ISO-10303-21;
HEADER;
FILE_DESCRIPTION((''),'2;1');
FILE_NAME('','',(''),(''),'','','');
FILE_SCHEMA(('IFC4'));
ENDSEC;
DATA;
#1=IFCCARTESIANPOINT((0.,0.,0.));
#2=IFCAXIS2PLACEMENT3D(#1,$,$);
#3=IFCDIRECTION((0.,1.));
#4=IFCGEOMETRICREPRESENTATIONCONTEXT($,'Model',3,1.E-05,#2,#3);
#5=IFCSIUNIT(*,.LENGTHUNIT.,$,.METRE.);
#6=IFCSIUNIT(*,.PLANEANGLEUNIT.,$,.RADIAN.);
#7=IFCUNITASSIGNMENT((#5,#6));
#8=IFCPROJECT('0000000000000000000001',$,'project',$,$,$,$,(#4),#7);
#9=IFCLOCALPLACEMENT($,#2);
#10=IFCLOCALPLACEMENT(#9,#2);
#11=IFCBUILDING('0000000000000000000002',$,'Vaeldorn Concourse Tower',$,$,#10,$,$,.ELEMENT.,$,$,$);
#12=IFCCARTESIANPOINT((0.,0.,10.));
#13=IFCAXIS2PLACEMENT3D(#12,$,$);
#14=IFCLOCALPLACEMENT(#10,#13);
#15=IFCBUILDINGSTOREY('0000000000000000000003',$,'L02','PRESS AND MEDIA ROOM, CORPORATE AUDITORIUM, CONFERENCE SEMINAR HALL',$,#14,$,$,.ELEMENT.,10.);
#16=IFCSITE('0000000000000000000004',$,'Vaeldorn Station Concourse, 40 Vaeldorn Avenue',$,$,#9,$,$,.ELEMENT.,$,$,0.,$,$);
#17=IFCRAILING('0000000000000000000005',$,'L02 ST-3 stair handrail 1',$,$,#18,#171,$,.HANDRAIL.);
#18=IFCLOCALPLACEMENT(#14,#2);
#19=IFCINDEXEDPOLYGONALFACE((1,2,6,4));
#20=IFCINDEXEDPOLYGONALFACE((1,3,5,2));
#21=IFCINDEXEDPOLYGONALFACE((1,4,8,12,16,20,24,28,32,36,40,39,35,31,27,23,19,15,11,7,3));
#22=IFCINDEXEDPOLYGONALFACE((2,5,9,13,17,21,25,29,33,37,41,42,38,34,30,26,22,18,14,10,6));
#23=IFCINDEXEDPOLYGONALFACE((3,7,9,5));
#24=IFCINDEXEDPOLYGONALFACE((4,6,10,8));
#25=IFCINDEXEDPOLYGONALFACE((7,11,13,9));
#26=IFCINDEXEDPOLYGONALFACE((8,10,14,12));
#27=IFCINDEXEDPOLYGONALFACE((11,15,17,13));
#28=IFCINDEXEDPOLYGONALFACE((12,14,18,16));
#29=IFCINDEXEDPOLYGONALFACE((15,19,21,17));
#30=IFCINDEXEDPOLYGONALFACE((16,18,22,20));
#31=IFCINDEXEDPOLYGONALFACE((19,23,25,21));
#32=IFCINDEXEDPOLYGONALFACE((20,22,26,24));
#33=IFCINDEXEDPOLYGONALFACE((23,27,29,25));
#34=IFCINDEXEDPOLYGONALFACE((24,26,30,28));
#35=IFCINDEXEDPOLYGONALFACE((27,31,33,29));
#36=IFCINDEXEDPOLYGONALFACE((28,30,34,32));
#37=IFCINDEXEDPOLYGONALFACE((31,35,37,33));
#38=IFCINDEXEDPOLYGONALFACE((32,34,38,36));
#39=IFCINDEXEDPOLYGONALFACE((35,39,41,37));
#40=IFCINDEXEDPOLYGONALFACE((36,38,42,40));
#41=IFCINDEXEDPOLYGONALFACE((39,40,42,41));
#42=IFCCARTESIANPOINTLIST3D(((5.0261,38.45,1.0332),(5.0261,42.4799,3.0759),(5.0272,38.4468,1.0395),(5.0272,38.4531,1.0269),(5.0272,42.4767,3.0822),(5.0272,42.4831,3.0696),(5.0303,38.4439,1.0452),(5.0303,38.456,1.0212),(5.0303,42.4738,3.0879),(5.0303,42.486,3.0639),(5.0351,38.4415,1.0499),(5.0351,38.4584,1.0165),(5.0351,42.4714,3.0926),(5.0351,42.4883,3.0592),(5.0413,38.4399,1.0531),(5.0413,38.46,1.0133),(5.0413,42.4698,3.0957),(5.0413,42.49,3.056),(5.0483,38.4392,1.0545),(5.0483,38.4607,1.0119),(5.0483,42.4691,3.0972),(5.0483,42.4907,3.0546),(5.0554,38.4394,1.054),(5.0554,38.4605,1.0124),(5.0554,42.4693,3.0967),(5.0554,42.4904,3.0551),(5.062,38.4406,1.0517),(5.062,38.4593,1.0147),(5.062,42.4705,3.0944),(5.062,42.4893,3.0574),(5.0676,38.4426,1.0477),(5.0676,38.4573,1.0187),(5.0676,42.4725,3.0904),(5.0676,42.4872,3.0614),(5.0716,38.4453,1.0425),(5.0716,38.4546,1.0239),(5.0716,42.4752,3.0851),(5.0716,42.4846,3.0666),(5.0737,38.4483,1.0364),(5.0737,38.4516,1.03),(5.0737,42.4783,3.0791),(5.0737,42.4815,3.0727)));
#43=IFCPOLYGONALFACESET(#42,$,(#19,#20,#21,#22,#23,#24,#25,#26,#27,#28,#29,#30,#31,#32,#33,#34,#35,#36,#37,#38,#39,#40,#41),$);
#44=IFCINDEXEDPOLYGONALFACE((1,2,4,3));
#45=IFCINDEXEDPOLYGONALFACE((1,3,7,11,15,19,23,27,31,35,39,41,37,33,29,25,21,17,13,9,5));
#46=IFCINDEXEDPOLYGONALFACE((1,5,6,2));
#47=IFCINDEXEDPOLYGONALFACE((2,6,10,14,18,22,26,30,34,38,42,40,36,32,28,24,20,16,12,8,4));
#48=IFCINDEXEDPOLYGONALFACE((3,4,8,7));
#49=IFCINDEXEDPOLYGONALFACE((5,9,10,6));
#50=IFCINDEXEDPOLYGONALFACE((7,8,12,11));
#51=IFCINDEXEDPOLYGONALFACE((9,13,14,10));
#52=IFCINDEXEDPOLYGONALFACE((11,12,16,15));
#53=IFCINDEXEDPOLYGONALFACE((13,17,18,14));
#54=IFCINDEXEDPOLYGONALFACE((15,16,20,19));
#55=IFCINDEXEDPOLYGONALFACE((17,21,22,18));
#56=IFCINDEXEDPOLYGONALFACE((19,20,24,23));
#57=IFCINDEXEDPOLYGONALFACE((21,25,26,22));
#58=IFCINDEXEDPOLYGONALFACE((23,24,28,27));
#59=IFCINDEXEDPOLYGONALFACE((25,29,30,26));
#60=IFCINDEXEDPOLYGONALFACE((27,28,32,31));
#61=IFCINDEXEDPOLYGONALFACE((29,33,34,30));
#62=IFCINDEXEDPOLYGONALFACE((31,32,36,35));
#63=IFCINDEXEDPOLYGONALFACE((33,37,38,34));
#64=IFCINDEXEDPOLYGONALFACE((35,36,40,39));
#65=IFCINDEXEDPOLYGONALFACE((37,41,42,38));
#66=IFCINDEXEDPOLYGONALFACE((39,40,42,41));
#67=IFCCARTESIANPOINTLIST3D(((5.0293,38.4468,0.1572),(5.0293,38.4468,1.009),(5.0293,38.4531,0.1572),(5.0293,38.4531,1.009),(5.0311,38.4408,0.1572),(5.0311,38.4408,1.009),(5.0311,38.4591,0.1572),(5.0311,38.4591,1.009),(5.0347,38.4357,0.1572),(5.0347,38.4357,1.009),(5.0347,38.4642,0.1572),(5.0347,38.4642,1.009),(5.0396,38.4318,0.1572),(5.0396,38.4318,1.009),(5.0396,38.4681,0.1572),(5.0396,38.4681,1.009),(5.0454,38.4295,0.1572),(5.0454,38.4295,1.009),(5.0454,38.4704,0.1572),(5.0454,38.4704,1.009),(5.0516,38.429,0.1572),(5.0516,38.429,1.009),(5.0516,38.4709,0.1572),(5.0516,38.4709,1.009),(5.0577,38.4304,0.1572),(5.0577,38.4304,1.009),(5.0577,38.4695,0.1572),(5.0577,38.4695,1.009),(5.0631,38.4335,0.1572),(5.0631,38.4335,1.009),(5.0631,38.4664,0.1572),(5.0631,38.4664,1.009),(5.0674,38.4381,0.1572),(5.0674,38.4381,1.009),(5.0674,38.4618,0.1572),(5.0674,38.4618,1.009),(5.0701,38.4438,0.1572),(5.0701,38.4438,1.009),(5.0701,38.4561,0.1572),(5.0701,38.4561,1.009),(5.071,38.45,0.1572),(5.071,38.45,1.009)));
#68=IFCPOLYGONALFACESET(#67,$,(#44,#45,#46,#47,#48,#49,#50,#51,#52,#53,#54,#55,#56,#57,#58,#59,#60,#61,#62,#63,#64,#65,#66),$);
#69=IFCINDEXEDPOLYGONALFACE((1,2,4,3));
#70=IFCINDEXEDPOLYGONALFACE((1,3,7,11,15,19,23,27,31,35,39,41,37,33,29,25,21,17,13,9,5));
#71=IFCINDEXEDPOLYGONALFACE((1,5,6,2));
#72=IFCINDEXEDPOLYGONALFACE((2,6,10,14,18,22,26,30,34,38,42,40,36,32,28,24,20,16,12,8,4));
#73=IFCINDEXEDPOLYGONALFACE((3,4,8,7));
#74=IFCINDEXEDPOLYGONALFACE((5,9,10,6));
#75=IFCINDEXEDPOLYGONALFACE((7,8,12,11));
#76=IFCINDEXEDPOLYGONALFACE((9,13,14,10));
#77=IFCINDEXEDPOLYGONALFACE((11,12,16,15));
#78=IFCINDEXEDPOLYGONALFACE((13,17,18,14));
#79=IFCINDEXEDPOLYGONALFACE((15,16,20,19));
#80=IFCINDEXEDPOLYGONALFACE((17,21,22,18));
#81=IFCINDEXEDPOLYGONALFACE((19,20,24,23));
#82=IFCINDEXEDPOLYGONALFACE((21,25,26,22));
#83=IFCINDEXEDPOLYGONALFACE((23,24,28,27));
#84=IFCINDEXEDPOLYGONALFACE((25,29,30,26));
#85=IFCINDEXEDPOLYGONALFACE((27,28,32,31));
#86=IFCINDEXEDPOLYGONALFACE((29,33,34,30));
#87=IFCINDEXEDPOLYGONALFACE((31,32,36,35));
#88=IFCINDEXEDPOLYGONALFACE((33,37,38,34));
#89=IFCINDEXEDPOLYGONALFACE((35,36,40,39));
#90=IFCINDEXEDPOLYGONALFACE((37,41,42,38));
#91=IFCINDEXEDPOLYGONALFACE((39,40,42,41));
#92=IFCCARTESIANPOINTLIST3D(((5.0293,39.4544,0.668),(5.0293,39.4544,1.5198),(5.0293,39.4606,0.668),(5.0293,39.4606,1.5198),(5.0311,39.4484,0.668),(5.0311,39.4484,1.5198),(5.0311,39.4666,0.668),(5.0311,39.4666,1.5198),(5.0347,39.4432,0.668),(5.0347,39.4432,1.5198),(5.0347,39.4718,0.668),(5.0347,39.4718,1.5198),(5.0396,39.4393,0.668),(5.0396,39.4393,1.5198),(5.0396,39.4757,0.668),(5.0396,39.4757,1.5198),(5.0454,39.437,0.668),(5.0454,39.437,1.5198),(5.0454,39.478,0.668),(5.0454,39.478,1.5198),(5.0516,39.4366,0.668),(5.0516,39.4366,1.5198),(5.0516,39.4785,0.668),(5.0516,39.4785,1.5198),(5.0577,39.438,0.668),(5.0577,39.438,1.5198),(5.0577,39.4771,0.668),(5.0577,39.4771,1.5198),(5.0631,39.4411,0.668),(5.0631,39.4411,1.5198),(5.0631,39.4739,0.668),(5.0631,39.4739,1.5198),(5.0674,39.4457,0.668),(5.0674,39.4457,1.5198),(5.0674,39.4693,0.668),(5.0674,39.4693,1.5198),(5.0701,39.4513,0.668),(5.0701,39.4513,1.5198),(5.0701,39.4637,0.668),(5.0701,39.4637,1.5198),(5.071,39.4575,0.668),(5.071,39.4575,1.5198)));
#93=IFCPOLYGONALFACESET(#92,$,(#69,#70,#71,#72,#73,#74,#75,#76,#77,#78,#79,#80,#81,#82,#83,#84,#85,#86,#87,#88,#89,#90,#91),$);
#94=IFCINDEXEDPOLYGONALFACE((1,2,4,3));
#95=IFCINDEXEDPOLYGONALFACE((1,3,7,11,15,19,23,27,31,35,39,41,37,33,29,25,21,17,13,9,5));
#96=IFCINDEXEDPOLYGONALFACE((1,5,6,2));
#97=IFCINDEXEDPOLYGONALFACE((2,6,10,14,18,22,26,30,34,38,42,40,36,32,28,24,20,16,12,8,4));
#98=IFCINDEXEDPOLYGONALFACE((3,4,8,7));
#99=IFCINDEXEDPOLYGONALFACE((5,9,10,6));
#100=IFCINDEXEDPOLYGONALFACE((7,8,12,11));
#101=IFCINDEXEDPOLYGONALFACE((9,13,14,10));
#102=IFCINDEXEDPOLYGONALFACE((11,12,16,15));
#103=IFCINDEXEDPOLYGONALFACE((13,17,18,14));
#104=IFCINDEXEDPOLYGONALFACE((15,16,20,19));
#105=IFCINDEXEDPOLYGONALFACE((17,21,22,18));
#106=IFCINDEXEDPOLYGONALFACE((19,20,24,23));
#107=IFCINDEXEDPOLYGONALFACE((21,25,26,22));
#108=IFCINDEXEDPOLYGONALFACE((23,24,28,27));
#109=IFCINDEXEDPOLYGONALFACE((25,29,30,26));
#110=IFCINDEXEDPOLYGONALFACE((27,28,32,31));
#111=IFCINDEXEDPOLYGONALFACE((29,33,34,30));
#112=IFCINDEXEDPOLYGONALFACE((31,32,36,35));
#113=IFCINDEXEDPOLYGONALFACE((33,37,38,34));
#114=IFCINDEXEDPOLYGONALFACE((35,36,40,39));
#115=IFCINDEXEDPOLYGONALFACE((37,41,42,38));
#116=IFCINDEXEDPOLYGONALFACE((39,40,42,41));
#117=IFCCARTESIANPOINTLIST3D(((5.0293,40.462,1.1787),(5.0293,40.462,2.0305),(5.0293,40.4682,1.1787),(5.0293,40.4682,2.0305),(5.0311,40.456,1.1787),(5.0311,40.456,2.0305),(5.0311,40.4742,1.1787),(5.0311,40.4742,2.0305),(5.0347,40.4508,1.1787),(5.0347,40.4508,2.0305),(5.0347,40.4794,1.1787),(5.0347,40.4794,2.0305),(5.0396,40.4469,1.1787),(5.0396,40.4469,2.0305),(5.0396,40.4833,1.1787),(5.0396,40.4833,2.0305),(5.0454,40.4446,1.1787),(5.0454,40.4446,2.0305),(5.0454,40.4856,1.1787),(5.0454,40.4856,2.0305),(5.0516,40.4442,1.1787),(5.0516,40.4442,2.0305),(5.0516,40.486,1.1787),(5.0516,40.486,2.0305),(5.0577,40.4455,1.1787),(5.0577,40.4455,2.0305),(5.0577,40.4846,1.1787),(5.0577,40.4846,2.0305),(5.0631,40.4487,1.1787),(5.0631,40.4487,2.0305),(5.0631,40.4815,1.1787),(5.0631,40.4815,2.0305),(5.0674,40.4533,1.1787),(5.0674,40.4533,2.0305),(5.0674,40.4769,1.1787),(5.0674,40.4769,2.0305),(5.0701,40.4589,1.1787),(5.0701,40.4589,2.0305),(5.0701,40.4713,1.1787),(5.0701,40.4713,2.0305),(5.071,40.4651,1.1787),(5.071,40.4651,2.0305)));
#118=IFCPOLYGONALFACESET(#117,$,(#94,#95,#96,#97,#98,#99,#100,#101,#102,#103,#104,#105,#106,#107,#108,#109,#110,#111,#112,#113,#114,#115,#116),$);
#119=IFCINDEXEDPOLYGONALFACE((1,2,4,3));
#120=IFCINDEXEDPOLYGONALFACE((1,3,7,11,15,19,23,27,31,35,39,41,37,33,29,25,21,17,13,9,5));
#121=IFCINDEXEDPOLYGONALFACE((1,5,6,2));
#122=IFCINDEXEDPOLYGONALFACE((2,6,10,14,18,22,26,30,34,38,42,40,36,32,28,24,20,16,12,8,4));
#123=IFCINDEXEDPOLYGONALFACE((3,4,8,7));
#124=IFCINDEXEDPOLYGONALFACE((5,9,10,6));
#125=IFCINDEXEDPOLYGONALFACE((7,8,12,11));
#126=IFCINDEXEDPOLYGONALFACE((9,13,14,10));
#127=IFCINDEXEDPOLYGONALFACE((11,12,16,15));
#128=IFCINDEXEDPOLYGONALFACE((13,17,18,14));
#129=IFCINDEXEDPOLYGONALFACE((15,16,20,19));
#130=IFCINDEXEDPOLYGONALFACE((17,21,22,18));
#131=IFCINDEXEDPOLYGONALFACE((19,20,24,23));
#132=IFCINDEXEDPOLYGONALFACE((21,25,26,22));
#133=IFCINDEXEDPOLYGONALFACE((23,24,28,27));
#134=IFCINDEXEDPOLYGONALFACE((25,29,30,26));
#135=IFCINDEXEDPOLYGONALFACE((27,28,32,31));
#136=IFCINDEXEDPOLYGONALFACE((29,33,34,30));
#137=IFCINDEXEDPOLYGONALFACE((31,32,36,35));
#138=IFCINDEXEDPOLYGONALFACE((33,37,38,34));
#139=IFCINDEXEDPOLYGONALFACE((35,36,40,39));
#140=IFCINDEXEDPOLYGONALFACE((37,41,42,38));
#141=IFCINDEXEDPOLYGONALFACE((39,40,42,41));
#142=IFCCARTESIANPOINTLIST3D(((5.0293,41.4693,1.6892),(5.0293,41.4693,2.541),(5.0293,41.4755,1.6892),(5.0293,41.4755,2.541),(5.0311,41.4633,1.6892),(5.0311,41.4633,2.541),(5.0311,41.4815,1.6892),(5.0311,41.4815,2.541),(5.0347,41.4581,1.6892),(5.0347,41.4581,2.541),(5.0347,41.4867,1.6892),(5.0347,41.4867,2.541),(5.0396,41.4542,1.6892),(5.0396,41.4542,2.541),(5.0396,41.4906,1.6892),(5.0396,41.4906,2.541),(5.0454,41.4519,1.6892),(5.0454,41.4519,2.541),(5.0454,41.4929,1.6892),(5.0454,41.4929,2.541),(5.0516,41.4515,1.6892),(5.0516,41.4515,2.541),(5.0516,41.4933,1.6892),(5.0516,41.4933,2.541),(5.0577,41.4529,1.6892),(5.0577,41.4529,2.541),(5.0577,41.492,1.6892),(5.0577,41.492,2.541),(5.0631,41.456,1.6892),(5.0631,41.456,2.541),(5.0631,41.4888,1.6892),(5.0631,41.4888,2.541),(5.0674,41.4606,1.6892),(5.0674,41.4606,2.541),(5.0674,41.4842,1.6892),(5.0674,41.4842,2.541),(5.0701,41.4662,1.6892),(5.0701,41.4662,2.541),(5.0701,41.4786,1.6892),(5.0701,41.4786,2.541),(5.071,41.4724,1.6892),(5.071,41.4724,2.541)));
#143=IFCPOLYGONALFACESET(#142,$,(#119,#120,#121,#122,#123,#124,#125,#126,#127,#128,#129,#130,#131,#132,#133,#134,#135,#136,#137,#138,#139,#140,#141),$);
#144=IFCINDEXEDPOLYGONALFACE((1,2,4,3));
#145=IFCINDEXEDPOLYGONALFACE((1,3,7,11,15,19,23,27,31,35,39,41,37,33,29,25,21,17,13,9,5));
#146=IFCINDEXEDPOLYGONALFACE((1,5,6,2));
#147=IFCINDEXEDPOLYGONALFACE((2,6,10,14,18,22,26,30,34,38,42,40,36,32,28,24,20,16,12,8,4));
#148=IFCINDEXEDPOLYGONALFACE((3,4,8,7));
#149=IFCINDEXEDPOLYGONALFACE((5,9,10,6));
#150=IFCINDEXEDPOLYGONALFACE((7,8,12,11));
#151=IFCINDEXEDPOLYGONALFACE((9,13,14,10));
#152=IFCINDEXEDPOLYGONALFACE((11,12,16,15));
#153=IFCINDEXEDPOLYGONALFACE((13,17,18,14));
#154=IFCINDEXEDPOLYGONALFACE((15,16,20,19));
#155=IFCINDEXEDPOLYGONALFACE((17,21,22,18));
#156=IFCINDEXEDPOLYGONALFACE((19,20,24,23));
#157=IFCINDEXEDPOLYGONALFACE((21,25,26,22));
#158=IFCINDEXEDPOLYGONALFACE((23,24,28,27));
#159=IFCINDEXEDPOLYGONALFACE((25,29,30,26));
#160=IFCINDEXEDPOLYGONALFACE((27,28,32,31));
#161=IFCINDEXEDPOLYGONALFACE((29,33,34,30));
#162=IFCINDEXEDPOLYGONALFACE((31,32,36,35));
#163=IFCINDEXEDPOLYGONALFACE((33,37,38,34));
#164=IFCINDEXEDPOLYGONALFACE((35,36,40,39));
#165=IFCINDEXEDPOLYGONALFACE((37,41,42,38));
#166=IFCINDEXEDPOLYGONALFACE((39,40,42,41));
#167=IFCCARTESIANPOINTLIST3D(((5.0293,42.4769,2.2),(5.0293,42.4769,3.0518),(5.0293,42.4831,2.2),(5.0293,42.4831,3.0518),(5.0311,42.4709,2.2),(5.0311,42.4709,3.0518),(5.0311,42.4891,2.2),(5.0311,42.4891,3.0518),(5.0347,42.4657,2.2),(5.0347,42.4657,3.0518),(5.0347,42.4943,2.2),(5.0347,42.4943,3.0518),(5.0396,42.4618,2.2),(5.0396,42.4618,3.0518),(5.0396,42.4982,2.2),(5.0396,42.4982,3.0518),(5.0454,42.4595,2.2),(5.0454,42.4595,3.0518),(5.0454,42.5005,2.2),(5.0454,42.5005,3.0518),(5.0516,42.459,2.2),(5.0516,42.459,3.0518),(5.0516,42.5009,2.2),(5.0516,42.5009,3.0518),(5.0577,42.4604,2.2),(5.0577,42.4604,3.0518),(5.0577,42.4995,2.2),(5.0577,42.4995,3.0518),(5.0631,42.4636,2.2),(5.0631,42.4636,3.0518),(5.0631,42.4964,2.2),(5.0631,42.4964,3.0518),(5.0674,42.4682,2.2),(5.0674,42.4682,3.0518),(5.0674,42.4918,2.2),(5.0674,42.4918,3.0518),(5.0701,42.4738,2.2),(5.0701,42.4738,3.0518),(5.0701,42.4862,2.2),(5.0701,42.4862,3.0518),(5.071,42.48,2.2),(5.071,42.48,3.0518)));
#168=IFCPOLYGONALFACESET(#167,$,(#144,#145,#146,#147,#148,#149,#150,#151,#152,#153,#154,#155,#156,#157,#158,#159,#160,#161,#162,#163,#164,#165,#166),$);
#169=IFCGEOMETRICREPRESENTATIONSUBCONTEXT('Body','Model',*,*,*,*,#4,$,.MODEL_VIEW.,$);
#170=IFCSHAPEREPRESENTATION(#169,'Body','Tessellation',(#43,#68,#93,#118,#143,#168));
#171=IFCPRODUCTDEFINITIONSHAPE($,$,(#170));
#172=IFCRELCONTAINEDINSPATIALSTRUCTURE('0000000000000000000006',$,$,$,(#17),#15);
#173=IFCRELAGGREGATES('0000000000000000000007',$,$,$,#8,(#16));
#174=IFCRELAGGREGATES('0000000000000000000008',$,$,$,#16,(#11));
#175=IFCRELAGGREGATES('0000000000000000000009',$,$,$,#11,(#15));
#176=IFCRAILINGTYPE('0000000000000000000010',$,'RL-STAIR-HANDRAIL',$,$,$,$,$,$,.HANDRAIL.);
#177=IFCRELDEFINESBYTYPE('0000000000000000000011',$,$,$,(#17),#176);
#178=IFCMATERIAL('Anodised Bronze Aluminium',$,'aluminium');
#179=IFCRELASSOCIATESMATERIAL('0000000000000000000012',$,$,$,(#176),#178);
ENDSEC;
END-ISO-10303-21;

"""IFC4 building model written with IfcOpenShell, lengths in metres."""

from ifc_helpers import new_model, si_unit, direction, frame, origin, origin_2d, place, context, subcontext, project, spatial, circle, extrude, material, type_object, element, save


model = new_model("IFC4")

# Units and contexts
model_context = context("Model", 3, precision=1e-05, world=origin(), true_north=direction((0.0, 1.0)))
body_context = subcontext(model_context, "Body", "Model", "MODEL_VIEW")
ifc_project = project(units=[si_unit("LENGTHUNIT", "METRE"), si_unit("PLANEANGLEUNIT", "RADIAN")], contexts=[model_context])

# Site, building, storey
site_placement = place(None, origin())
site = spatial("IfcSite", under=ifc_project, at=site_placement, Name="Vaeldorn Station Concourse, 40 Vaeldorn Avenue", CompositionType="ELEMENT", RefElevation=0.0)
building_placement = place(site_placement, origin())
building = spatial("IfcBuilding", under=site, at=building_placement, Name="Vaeldorn Concourse Tower", CompositionType="ELEMENT")
storey_placement = place(building_placement, frame((0.0, 0.0, 10.0)))
storey = spatial("IfcBuildingStorey", under=building, at=storey_placement, Name="L02", Description="PRESS AND MEDIA ROOM, CORPORATE AUDITORIUM, CONFERENCE SEMINAR HALL", CompositionType="ELEMENT", Elevation=10.0)

# Shared definitions
ifc_material_1 = material(Name="Anodised Bronze Aluminium", Category="aluminium")

# Railing
railing_type_1 = type_object("IfcRailingType", Name="RL-STAIR-HANDRAIL", PredefinedType="HANDRAIL", material=ifc_material_1)
railing_1_placement = place(storey_placement, frame((5.05, 38.45, 0.1572)))
element("IfcRailing", 1, at=railing_1_placement, inside=storey, type_object=railing_type_1, Name="L02 ST-3 stair handrail 1", PredefinedType="HANDRAIL", context=body_context, shape_type="SweptSolid", body=[
    extrude(circle(Radius=0.0239, at=origin_2d()), frame((0.0, 0.0, 0.876), z_axis=(0.0, 0.891961, 0.452113), x_axis=(-1.0, 0.0, 0.0)), (0.0, 0.0, 1.0), 4.5181),
    extrude(circle(Radius=0.021, at=origin_2d()), origin(), (0.0, 0.0, 1.0), 0.8518),
    extrude(circle(Radius=0.021, at=origin_2d()), frame((0.0, 1.0076, 0.5107)), (0.0, 0.0, 1.0), 0.8518),
    extrude(circle(Radius=0.021, at=origin_2d()), frame((0.0, 2.0151, 1.0215)), (0.0, 0.0, 1.0), 0.8518),
    extrude(circle(Radius=0.021, at=origin_2d()), frame((0.0, 3.0225, 1.532)), (0.0, 0.0, 1.0), 0.8518),
    extrude(circle(Radius=0.021, at=origin_2d()), frame((0.0, 4.03, 2.0427)), (0.0, 0.0, 1.0), 0.8518),
])

save(model, "model.ifc")
